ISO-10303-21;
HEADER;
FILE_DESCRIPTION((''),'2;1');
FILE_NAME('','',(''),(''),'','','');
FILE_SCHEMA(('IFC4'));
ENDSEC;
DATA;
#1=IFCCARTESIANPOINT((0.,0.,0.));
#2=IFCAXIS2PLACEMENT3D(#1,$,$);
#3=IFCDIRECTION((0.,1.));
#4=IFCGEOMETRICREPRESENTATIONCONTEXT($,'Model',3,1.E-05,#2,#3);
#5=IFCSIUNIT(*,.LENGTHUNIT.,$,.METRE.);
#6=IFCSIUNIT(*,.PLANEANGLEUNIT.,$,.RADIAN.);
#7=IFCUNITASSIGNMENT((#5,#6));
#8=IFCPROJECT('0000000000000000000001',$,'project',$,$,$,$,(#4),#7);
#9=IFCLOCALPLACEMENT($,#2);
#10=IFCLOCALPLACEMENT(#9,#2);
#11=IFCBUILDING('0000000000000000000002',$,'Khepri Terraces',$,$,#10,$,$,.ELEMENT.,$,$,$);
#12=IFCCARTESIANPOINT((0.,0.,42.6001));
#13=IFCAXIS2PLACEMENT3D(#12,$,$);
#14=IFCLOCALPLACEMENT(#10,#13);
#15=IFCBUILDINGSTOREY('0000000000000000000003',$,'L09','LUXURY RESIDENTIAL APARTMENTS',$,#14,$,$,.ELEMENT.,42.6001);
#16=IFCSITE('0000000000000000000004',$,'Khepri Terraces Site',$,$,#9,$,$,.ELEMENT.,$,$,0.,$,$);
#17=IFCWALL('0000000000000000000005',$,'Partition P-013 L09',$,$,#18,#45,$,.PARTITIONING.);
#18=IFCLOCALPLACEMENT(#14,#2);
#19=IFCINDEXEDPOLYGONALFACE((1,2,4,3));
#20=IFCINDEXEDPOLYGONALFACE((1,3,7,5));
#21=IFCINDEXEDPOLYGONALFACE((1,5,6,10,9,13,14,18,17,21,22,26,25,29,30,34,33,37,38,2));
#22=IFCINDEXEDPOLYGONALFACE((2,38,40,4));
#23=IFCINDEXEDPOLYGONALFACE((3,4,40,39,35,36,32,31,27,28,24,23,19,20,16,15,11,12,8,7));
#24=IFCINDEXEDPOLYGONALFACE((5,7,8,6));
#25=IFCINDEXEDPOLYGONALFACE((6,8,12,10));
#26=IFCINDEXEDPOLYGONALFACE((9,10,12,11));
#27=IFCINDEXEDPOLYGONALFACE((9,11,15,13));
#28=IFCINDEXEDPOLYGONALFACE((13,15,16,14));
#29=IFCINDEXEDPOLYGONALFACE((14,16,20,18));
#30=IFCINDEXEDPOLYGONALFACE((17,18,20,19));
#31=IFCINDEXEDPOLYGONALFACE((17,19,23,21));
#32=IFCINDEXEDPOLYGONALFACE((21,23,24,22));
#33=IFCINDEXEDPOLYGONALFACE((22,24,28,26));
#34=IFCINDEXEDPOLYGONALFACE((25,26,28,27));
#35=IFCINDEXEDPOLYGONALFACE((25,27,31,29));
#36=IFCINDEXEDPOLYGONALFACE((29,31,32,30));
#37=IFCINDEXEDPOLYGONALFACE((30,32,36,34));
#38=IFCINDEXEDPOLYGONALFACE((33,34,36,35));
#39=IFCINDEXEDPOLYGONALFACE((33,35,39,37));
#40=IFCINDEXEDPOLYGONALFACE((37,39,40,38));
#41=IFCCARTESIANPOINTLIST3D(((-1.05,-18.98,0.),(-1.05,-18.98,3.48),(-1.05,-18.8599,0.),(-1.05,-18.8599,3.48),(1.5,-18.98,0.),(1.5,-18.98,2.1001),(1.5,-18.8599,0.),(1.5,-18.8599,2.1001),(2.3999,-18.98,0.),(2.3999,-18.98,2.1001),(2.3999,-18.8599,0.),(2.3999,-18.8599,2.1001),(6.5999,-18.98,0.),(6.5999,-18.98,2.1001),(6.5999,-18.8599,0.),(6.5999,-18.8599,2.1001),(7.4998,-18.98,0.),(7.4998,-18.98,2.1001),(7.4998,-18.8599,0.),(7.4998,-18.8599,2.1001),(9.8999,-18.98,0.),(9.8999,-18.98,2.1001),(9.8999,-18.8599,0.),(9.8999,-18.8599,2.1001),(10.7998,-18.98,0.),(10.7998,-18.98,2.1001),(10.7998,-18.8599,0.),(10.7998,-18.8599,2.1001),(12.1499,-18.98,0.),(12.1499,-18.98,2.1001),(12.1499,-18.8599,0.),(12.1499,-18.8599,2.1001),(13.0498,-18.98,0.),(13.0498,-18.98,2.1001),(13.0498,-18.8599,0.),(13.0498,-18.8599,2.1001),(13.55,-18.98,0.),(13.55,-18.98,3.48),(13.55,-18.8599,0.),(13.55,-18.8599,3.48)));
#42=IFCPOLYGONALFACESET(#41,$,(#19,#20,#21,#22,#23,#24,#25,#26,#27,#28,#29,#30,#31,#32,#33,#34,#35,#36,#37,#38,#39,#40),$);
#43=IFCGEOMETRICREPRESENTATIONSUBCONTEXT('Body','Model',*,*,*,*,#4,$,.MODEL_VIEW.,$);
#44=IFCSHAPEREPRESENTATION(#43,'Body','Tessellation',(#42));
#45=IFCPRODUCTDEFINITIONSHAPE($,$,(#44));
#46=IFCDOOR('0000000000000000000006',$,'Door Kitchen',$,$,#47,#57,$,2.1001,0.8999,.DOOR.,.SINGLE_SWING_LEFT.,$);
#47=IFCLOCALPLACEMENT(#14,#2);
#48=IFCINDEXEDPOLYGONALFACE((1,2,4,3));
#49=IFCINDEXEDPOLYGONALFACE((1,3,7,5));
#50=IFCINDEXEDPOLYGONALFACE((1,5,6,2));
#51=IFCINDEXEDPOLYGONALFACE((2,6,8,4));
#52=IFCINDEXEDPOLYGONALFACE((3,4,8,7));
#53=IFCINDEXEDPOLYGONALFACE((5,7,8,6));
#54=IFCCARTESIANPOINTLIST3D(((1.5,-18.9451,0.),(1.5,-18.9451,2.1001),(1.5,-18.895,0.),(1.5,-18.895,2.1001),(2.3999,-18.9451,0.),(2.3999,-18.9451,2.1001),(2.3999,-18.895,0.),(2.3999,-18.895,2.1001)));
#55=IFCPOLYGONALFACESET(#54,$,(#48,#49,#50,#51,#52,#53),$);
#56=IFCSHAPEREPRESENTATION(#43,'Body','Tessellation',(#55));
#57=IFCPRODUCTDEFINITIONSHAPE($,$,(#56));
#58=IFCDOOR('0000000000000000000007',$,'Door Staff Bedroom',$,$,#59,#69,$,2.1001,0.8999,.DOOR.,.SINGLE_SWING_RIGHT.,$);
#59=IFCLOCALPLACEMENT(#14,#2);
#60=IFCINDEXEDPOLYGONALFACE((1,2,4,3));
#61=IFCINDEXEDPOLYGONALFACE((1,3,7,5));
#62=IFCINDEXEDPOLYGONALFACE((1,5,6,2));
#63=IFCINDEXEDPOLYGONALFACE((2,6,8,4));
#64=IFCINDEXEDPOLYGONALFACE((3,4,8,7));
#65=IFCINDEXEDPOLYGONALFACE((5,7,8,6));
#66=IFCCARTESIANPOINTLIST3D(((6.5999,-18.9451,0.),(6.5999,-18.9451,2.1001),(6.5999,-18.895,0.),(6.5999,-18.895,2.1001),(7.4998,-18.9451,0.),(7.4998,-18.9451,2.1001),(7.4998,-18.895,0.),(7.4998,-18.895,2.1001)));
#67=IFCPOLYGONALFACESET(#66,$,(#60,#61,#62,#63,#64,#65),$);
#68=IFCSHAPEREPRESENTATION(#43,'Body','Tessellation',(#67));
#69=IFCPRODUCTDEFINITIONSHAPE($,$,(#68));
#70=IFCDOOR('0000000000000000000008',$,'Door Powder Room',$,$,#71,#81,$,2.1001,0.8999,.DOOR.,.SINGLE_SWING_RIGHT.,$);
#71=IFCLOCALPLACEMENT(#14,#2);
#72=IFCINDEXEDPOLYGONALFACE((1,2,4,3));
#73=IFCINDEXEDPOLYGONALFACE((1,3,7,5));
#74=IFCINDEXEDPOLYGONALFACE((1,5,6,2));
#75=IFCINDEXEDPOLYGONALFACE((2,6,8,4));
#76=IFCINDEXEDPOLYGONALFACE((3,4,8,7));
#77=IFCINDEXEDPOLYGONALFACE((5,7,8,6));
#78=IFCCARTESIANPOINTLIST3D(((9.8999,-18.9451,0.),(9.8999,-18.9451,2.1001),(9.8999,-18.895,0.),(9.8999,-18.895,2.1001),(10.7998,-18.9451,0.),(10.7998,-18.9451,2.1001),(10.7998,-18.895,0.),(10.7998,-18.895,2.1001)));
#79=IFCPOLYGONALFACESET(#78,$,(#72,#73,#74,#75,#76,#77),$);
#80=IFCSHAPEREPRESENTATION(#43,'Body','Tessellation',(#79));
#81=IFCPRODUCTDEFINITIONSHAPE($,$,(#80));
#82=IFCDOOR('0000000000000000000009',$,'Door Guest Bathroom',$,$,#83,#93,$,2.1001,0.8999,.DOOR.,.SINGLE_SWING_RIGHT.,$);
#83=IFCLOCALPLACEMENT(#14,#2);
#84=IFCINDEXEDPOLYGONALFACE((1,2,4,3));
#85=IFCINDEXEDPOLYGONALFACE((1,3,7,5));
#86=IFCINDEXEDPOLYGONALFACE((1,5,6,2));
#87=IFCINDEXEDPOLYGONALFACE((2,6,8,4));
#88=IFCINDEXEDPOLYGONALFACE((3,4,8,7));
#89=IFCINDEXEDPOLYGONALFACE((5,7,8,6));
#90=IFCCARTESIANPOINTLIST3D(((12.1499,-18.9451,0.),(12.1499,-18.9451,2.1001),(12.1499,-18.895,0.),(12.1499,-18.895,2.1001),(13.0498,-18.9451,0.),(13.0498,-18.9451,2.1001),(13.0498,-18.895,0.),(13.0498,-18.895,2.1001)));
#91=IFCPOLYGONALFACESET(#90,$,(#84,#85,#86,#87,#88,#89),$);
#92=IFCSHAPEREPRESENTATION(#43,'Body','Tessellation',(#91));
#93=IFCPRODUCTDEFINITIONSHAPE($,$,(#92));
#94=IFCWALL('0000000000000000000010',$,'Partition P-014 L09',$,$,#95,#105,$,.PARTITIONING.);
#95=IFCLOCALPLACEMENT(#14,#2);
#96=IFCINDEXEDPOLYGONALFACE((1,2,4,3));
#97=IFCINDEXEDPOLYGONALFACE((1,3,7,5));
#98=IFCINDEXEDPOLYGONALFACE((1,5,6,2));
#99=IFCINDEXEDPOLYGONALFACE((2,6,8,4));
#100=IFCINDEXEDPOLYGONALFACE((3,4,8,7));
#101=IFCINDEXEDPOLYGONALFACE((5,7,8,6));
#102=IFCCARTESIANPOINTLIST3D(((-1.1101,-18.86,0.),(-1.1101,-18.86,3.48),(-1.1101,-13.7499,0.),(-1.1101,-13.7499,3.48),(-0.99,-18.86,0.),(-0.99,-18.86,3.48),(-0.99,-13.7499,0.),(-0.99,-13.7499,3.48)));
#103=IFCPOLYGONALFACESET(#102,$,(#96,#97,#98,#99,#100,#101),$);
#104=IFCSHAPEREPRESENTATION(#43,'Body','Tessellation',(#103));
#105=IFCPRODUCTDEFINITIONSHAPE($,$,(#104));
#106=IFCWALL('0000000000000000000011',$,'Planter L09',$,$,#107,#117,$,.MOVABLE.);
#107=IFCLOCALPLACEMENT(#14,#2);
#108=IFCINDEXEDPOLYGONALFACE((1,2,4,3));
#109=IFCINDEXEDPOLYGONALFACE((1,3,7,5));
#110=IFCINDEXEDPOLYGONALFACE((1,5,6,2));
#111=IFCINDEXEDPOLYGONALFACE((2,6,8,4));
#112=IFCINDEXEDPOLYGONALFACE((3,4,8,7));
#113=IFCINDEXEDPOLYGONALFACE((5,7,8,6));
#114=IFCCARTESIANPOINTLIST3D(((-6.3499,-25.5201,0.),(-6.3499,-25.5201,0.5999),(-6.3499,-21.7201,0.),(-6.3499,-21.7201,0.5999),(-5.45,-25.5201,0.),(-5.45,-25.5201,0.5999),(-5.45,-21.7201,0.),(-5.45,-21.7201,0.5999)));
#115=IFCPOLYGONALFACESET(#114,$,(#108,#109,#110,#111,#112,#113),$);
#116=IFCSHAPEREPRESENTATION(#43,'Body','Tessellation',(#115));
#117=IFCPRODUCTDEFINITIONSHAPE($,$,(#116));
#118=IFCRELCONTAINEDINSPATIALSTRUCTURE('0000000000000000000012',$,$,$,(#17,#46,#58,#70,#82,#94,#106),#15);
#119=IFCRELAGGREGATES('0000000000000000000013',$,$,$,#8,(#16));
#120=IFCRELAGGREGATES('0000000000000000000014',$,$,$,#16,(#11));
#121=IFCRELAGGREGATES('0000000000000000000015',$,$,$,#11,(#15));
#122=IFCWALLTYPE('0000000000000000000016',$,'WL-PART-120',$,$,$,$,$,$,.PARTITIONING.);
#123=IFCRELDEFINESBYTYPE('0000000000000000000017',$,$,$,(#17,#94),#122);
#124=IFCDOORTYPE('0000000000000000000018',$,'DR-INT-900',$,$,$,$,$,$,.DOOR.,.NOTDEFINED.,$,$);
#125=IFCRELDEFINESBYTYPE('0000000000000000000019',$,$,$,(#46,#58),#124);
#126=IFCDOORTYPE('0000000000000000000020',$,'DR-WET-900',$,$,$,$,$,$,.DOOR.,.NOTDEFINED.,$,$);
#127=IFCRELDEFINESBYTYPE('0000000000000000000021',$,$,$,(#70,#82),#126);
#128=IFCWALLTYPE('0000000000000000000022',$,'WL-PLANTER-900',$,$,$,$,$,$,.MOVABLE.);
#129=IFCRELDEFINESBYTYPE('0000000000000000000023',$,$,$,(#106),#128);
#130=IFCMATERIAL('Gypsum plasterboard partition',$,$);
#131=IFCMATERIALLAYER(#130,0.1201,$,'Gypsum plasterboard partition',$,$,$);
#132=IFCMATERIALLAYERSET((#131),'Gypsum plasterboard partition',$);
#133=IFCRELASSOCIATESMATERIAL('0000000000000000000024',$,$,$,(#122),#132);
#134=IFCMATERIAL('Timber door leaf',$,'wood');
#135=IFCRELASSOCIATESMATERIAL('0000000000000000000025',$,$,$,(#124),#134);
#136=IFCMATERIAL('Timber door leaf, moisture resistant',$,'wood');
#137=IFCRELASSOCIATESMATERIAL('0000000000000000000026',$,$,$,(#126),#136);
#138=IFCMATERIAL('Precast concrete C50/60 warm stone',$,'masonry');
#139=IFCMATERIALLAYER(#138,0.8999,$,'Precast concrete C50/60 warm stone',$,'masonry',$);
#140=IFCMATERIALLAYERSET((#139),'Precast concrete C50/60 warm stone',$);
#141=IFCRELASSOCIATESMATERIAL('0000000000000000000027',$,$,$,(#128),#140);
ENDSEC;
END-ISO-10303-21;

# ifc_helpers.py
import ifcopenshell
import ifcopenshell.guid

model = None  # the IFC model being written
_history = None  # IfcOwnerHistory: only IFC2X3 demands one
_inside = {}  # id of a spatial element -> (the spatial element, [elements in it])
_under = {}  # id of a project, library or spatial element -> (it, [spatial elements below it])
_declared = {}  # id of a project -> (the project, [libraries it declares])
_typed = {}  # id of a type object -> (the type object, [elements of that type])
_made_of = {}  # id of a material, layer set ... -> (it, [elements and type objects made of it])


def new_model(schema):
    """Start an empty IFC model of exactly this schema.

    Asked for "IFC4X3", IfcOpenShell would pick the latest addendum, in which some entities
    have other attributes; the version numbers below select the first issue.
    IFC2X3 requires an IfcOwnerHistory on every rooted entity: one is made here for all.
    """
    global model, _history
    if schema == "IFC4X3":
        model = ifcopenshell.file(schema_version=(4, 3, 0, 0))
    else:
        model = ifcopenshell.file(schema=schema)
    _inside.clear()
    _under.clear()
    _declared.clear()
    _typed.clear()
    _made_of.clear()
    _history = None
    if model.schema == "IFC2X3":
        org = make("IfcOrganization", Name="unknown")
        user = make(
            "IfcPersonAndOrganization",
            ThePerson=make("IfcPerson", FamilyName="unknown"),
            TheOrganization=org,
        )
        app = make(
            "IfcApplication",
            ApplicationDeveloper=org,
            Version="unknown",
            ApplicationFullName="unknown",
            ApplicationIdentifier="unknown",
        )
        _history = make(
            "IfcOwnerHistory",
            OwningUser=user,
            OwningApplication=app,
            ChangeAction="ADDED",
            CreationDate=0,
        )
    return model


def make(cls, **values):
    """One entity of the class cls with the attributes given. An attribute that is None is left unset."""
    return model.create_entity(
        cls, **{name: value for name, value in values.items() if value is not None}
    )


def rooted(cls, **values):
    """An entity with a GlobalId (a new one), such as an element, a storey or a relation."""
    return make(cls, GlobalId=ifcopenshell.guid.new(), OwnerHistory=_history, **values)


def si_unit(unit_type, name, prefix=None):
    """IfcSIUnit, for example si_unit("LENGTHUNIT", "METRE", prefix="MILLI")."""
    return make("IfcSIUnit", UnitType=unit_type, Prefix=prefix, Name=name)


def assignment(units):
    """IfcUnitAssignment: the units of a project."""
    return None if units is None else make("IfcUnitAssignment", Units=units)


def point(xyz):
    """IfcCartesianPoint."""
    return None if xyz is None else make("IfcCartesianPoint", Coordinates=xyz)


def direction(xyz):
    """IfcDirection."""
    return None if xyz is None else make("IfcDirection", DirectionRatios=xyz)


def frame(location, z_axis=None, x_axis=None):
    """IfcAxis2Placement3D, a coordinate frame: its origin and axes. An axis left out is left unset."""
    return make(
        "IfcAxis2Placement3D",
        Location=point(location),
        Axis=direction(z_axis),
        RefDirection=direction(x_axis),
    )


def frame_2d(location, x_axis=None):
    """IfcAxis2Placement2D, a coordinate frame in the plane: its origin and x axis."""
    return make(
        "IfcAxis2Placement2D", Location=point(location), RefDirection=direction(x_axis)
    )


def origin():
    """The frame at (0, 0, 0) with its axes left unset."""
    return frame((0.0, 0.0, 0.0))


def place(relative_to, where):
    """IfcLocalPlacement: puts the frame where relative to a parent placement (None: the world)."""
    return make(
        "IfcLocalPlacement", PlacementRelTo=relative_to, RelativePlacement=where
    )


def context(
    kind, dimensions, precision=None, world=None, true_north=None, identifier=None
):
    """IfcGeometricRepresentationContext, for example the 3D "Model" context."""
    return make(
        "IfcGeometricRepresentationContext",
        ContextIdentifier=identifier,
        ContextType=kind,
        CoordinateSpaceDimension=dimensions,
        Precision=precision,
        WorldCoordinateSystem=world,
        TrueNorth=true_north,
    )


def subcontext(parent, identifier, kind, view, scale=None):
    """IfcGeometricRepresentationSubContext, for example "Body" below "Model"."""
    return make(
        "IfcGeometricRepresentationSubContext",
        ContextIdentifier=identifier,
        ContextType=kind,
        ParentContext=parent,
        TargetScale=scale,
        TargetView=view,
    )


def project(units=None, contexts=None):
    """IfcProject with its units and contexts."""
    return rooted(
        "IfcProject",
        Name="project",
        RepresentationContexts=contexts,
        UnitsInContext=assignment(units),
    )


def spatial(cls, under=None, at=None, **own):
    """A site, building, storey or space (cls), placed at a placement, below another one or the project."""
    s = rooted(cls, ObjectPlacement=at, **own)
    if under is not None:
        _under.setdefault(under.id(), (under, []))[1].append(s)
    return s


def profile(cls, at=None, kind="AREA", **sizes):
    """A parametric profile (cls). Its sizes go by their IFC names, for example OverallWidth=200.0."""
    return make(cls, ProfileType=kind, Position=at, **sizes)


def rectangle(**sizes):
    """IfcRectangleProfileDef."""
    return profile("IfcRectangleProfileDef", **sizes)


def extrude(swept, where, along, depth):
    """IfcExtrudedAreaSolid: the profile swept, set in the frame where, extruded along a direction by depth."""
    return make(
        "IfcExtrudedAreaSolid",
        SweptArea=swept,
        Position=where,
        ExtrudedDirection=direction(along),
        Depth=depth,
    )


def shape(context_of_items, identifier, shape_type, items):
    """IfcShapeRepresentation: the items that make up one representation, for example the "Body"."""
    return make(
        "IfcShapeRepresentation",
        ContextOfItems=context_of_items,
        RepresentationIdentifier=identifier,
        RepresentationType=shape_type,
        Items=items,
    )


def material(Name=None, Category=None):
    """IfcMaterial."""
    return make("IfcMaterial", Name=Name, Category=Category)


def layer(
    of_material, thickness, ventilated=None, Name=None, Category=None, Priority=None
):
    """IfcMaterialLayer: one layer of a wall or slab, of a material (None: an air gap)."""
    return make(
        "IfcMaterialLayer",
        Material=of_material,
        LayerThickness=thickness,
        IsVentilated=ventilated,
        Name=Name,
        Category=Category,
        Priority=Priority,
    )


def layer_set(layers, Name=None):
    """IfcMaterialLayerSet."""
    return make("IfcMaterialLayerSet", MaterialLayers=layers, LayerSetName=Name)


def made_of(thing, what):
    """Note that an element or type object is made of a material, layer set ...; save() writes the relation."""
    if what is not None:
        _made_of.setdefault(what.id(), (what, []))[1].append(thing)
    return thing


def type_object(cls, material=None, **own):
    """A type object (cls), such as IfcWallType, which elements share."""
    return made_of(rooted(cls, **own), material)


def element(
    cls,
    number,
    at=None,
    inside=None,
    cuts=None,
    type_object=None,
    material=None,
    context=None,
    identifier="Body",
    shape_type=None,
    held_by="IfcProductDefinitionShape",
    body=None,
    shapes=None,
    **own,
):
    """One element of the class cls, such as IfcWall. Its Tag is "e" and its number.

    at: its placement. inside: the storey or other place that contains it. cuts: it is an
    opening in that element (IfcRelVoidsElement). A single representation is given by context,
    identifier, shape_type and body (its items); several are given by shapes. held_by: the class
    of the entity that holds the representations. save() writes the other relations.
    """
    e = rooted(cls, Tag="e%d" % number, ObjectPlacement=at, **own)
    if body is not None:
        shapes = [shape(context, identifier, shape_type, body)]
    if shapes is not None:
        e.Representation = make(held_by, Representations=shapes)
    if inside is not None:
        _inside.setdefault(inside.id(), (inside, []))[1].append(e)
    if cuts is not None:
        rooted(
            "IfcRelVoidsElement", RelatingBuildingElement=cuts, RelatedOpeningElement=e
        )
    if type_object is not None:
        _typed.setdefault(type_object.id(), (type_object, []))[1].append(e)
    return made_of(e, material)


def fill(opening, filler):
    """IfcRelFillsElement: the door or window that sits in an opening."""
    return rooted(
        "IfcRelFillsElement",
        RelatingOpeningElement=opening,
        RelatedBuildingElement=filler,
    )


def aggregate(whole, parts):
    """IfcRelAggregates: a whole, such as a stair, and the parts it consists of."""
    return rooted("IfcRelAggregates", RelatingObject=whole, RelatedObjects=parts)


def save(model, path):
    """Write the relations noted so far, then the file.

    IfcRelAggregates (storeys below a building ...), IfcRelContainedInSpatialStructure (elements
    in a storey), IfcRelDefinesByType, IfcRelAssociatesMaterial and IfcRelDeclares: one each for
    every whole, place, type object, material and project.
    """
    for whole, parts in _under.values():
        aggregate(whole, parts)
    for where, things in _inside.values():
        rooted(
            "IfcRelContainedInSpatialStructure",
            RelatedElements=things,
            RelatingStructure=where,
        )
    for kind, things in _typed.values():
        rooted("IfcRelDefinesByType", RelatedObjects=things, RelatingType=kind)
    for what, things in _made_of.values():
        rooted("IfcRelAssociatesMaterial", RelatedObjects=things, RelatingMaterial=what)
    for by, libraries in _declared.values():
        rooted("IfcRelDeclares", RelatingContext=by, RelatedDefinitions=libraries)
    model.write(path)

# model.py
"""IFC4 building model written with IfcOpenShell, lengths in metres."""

from ifc_helpers import new_model, si_unit, direction, frame, frame_2d, origin, place, context, subcontext, project, spatial, rectangle, extrude, material, layer, layer_set, type_object, element, fill, save


model = new_model("IFC4")

# Units and contexts
model_context = context("Model", 3, precision=1e-05, world=origin(), true_north=direction((0.0, 1.0)))
body_context = subcontext(model_context, "Body", "Model", "MODEL_VIEW")
ifc_project = project(units=[si_unit("LENGTHUNIT", "METRE"), si_unit("PLANEANGLEUNIT", "RADIAN")], contexts=[model_context])

# Site, building, storey
site_placement = place(None, origin())
site = spatial("IfcSite", under=ifc_project, at=site_placement, Name="Khepri Terraces Site", CompositionType="ELEMENT", RefElevation=0.0)
building_placement = place(site_placement, origin())
building = spatial("IfcBuilding", under=site, at=building_placement, Name="Khepri Terraces", CompositionType="ELEMENT")
storey_placement = place(building_placement, frame((0.0, 0.0, 42.6001)))
storey = spatial("IfcBuildingStorey", under=building, at=storey_placement, Name="L09", Description="LUXURY RESIDENTIAL APARTMENTS", CompositionType="ELEMENT", Elevation=42.6001)

# Shared definitions
ifc_material_1 = material(Name="Precast concrete C50/60 warm stone", Category="masonry")

# Shared definitions
ifc_material_2 = material(Name="Gypsum plasterboard partition")
ifc_layer_1 = layer(ifc_material_2, 0.1201, Name="Gypsum plasterboard partition")
ifc_layer_set_1 = layer_set([ifc_layer_1], Name="Gypsum plasterboard partition")
wall_type_1 = type_object("IfcWallType", Name="WL-PART-120", PredefinedType="PARTITIONING", material=ifc_layer_set_1)

# Wall, openings, doors
wall_1_placement = place(storey_placement, frame((-1.05, -18.9199, 0.0), z_axis=(0.0, 0.0, 1.0), x_axis=(1.0, 0.0, 0.0)))
wall_1 = element("IfcWall", 1, at=wall_1_placement, inside=storey, type_object=wall_type_1, Name="Partition P-013 L09", PredefinedType="PARTITIONING", context=body_context, shape_type="SweptSolid", body=[
    extrude(rectangle(XDim=14.6001, YDim=0.1201, at=frame_2d((7.3, 0.0))), origin(), (0.0, 0.0, 1.0), 3.48),
])
opening_1_placement = place(wall_1_placement, frame((2.55, 0.0, 0.0)))
opening_1 = element("IfcOpeningElement", 2, at=opening_1_placement, cuts=wall_1, PredefinedType="OPENING", context=body_context, shape_type="SweptSolid", body=[
    extrude(rectangle(XDim=0.8999, YDim=2.1001, at=frame_2d((0.45, 1.05))), frame((0.0, 0.0701, 0.0), z_axis=(0.0, -1.0, 0.0), x_axis=(1.0, 0.0, 0.0)), (0.0, 0.0, 1.0), 0.1401),
])
opening_2_placement = place(wall_1_placement, frame((7.6499, 0.0, 0.0)))
opening_2 = element("IfcOpeningElement", 3, at=opening_2_placement, cuts=wall_1, PredefinedType="OPENING", context=body_context, shape_type="SweptSolid", body=[
    extrude(rectangle(XDim=0.8999, YDim=2.1001, at=frame_2d((0.45, 1.05))), frame((0.0, 0.0701, 0.0), z_axis=(0.0, -1.0, 0.0), x_axis=(1.0, 0.0, 0.0)), (0.0, 0.0, 1.0), 0.1401),
])
opening_3_placement = place(wall_1_placement, frame((10.95, 0.0, 0.0)))
opening_3 = element("IfcOpeningElement", 4, at=opening_3_placement, cuts=wall_1, PredefinedType="OPENING", context=body_context, shape_type="SweptSolid", body=[
    extrude(rectangle(XDim=0.8999, YDim=2.1001, at=frame_2d((0.45, 1.05))), frame((0.0, 0.0701, 0.0), z_axis=(0.0, -1.0, 0.0), x_axis=(1.0, 0.0, 0.0)), (0.0, 0.0, 1.0), 0.1401),
])
opening_4_placement = place(wall_1_placement, frame((13.2, 0.0, 0.0)))
opening_4 = element("IfcOpeningElement", 5, at=opening_4_placement, cuts=wall_1, PredefinedType="OPENING", context=body_context, shape_type="SweptSolid", body=[
    extrude(rectangle(XDim=0.8999, YDim=2.1001, at=frame_2d((0.45, 1.05))), frame((0.0, 0.0701, 0.0), z_axis=(0.0, -1.0, 0.0), x_axis=(1.0, 0.0, 0.0)), (0.0, 0.0, 1.0), 0.1401),
])
ifc_material_3 = material(Name="Timber door leaf", Category="wood")
door_type_1 = type_object("IfcDoorType", Name="DR-INT-900", OperationType="NOTDEFINED", PredefinedType="DOOR", material=ifc_material_3)
door_1_placement = place(opening_1_placement, origin())
door_1 = element("IfcDoor", 6, at=door_1_placement, inside=storey, type_object=door_type_1, Name="Door Kitchen", OperationType="SINGLE_SWING_LEFT", OverallHeight=2.1001, OverallWidth=0.8999, PredefinedType="DOOR", context=body_context, shape_type="SweptSolid", body=[
    extrude(rectangle(XDim=0.8999, YDim=2.1001, at=frame_2d((0.45, 1.05))), frame((0.0, 0.0249, 0.0), z_axis=(0.0, -1.0, 0.0), x_axis=(1.0, 0.0, 0.0)), (0.0, 0.0, 1.0), 0.05),
])
fill(opening_1, door_1)
door_2_placement = place(opening_2_placement, origin())
door_2 = element("IfcDoor", 7, at=door_2_placement, inside=storey, type_object=door_type_1, Name="Door Staff Bedroom", OperationType="SINGLE_SWING_RIGHT", OverallHeight=2.1001, OverallWidth=0.8999, PredefinedType="DOOR", context=body_context, shape_type="SweptSolid", body=[
    extrude(rectangle(XDim=0.8999, YDim=2.1001, at=frame_2d((0.45, 1.05))), frame((0.0, 0.0249, 0.0), z_axis=(0.0, -1.0, 0.0), x_axis=(1.0, 0.0, 0.0)), (0.0, 0.0, 1.0), 0.05),
])
fill(opening_2, door_2)
ifc_material_4 = material(Name="Timber door leaf, moisture resistant", Category="wood")
door_type_2 = type_object("IfcDoorType", Name="DR-WET-900", OperationType="NOTDEFINED", PredefinedType="DOOR", material=ifc_material_4)
door_3_placement = place(opening_3_placement, origin())
door_3 = element("IfcDoor", 8, at=door_3_placement, inside=storey, type_object=door_type_2, Name="Door Powder Room", OperationType="SINGLE_SWING_RIGHT", OverallHeight=2.1001, OverallWidth=0.8999, PredefinedType="DOOR", context=body_context, shape_type="SweptSolid", body=[
    extrude(rectangle(XDim=0.8999, YDim=2.1001, at=frame_2d((0.45, 1.05))), frame((0.0, 0.0249, 0.0), z_axis=(0.0, -1.0, 0.0), x_axis=(1.0, 0.0, 0.0)), (0.0, 0.0, 1.0), 0.05),
])
fill(opening_3, door_3)
door_4_placement = place(opening_4_placement, origin())
door_4 = element("IfcDoor", 9, at=door_4_placement, inside=storey, type_object=door_type_2, Name="Door Guest Bathroom", OperationType="SINGLE_SWING_RIGHT", OverallHeight=2.1001, OverallWidth=0.8999, PredefinedType="DOOR", context=body_context, shape_type="SweptSolid", body=[
    extrude(rectangle(XDim=0.8999, YDim=2.1001, at=frame_2d((0.45, 1.05))), frame((0.0, 0.0249, 0.0), z_axis=(0.0, -1.0, 0.0), x_axis=(1.0, 0.0, 0.0)), (0.0, 0.0, 1.0), 0.05),
])
fill(opening_4, door_4)

# Walls
wall_2_placement = place(storey_placement, frame((-1.05, -18.8601, 0.0), z_axis=(0.0, 0.0, 1.0), x_axis=(0.0, 1.0, 0.0)))
element("IfcWall", 10, at=wall_2_placement, inside=storey, type_object=wall_type_1, Name="Partition P-014 L09", PredefinedType="PARTITIONING", context=body_context, shape_type="SweptSolid", body=[
    extrude(rectangle(XDim=5.1101, YDim=0.1201, at=frame_2d((2.5552, 0.0))), origin(), (0.0, 0.0, 1.0), 3.48),
])
ifc_layer_2 = layer(ifc_material_1, 0.8999, Name="Precast concrete C50/60 warm stone", Category="masonry")
ifc_layer_set_2 = layer_set([ifc_layer_2], Name="Precast concrete C50/60 warm stone")
wall_type_2 = type_object("IfcWallType", Name="WL-PLANTER-900", PredefinedType="MOVABLE", material=ifc_layer_set_2)
wall_3_placement = place(storey_placement, frame((-5.8999, -25.52, 0.0), z_axis=(0.0, 0.0, 1.0), x_axis=(0.0, 1.0, 0.0)))
element("IfcWall", 11, at=wall_3_placement, inside=storey, type_object=wall_type_2, Name="Planter L09", PredefinedType="MOVABLE", context=body_context, shape_type="SweptSolid", body=[
    extrude(rectangle(XDim=3.8, YDim=0.8999, at=frame_2d((1.8999, 0.0))), origin(), (0.0, 0.0, 1.0), 0.5999),
])

save(model, "model.ifc")
